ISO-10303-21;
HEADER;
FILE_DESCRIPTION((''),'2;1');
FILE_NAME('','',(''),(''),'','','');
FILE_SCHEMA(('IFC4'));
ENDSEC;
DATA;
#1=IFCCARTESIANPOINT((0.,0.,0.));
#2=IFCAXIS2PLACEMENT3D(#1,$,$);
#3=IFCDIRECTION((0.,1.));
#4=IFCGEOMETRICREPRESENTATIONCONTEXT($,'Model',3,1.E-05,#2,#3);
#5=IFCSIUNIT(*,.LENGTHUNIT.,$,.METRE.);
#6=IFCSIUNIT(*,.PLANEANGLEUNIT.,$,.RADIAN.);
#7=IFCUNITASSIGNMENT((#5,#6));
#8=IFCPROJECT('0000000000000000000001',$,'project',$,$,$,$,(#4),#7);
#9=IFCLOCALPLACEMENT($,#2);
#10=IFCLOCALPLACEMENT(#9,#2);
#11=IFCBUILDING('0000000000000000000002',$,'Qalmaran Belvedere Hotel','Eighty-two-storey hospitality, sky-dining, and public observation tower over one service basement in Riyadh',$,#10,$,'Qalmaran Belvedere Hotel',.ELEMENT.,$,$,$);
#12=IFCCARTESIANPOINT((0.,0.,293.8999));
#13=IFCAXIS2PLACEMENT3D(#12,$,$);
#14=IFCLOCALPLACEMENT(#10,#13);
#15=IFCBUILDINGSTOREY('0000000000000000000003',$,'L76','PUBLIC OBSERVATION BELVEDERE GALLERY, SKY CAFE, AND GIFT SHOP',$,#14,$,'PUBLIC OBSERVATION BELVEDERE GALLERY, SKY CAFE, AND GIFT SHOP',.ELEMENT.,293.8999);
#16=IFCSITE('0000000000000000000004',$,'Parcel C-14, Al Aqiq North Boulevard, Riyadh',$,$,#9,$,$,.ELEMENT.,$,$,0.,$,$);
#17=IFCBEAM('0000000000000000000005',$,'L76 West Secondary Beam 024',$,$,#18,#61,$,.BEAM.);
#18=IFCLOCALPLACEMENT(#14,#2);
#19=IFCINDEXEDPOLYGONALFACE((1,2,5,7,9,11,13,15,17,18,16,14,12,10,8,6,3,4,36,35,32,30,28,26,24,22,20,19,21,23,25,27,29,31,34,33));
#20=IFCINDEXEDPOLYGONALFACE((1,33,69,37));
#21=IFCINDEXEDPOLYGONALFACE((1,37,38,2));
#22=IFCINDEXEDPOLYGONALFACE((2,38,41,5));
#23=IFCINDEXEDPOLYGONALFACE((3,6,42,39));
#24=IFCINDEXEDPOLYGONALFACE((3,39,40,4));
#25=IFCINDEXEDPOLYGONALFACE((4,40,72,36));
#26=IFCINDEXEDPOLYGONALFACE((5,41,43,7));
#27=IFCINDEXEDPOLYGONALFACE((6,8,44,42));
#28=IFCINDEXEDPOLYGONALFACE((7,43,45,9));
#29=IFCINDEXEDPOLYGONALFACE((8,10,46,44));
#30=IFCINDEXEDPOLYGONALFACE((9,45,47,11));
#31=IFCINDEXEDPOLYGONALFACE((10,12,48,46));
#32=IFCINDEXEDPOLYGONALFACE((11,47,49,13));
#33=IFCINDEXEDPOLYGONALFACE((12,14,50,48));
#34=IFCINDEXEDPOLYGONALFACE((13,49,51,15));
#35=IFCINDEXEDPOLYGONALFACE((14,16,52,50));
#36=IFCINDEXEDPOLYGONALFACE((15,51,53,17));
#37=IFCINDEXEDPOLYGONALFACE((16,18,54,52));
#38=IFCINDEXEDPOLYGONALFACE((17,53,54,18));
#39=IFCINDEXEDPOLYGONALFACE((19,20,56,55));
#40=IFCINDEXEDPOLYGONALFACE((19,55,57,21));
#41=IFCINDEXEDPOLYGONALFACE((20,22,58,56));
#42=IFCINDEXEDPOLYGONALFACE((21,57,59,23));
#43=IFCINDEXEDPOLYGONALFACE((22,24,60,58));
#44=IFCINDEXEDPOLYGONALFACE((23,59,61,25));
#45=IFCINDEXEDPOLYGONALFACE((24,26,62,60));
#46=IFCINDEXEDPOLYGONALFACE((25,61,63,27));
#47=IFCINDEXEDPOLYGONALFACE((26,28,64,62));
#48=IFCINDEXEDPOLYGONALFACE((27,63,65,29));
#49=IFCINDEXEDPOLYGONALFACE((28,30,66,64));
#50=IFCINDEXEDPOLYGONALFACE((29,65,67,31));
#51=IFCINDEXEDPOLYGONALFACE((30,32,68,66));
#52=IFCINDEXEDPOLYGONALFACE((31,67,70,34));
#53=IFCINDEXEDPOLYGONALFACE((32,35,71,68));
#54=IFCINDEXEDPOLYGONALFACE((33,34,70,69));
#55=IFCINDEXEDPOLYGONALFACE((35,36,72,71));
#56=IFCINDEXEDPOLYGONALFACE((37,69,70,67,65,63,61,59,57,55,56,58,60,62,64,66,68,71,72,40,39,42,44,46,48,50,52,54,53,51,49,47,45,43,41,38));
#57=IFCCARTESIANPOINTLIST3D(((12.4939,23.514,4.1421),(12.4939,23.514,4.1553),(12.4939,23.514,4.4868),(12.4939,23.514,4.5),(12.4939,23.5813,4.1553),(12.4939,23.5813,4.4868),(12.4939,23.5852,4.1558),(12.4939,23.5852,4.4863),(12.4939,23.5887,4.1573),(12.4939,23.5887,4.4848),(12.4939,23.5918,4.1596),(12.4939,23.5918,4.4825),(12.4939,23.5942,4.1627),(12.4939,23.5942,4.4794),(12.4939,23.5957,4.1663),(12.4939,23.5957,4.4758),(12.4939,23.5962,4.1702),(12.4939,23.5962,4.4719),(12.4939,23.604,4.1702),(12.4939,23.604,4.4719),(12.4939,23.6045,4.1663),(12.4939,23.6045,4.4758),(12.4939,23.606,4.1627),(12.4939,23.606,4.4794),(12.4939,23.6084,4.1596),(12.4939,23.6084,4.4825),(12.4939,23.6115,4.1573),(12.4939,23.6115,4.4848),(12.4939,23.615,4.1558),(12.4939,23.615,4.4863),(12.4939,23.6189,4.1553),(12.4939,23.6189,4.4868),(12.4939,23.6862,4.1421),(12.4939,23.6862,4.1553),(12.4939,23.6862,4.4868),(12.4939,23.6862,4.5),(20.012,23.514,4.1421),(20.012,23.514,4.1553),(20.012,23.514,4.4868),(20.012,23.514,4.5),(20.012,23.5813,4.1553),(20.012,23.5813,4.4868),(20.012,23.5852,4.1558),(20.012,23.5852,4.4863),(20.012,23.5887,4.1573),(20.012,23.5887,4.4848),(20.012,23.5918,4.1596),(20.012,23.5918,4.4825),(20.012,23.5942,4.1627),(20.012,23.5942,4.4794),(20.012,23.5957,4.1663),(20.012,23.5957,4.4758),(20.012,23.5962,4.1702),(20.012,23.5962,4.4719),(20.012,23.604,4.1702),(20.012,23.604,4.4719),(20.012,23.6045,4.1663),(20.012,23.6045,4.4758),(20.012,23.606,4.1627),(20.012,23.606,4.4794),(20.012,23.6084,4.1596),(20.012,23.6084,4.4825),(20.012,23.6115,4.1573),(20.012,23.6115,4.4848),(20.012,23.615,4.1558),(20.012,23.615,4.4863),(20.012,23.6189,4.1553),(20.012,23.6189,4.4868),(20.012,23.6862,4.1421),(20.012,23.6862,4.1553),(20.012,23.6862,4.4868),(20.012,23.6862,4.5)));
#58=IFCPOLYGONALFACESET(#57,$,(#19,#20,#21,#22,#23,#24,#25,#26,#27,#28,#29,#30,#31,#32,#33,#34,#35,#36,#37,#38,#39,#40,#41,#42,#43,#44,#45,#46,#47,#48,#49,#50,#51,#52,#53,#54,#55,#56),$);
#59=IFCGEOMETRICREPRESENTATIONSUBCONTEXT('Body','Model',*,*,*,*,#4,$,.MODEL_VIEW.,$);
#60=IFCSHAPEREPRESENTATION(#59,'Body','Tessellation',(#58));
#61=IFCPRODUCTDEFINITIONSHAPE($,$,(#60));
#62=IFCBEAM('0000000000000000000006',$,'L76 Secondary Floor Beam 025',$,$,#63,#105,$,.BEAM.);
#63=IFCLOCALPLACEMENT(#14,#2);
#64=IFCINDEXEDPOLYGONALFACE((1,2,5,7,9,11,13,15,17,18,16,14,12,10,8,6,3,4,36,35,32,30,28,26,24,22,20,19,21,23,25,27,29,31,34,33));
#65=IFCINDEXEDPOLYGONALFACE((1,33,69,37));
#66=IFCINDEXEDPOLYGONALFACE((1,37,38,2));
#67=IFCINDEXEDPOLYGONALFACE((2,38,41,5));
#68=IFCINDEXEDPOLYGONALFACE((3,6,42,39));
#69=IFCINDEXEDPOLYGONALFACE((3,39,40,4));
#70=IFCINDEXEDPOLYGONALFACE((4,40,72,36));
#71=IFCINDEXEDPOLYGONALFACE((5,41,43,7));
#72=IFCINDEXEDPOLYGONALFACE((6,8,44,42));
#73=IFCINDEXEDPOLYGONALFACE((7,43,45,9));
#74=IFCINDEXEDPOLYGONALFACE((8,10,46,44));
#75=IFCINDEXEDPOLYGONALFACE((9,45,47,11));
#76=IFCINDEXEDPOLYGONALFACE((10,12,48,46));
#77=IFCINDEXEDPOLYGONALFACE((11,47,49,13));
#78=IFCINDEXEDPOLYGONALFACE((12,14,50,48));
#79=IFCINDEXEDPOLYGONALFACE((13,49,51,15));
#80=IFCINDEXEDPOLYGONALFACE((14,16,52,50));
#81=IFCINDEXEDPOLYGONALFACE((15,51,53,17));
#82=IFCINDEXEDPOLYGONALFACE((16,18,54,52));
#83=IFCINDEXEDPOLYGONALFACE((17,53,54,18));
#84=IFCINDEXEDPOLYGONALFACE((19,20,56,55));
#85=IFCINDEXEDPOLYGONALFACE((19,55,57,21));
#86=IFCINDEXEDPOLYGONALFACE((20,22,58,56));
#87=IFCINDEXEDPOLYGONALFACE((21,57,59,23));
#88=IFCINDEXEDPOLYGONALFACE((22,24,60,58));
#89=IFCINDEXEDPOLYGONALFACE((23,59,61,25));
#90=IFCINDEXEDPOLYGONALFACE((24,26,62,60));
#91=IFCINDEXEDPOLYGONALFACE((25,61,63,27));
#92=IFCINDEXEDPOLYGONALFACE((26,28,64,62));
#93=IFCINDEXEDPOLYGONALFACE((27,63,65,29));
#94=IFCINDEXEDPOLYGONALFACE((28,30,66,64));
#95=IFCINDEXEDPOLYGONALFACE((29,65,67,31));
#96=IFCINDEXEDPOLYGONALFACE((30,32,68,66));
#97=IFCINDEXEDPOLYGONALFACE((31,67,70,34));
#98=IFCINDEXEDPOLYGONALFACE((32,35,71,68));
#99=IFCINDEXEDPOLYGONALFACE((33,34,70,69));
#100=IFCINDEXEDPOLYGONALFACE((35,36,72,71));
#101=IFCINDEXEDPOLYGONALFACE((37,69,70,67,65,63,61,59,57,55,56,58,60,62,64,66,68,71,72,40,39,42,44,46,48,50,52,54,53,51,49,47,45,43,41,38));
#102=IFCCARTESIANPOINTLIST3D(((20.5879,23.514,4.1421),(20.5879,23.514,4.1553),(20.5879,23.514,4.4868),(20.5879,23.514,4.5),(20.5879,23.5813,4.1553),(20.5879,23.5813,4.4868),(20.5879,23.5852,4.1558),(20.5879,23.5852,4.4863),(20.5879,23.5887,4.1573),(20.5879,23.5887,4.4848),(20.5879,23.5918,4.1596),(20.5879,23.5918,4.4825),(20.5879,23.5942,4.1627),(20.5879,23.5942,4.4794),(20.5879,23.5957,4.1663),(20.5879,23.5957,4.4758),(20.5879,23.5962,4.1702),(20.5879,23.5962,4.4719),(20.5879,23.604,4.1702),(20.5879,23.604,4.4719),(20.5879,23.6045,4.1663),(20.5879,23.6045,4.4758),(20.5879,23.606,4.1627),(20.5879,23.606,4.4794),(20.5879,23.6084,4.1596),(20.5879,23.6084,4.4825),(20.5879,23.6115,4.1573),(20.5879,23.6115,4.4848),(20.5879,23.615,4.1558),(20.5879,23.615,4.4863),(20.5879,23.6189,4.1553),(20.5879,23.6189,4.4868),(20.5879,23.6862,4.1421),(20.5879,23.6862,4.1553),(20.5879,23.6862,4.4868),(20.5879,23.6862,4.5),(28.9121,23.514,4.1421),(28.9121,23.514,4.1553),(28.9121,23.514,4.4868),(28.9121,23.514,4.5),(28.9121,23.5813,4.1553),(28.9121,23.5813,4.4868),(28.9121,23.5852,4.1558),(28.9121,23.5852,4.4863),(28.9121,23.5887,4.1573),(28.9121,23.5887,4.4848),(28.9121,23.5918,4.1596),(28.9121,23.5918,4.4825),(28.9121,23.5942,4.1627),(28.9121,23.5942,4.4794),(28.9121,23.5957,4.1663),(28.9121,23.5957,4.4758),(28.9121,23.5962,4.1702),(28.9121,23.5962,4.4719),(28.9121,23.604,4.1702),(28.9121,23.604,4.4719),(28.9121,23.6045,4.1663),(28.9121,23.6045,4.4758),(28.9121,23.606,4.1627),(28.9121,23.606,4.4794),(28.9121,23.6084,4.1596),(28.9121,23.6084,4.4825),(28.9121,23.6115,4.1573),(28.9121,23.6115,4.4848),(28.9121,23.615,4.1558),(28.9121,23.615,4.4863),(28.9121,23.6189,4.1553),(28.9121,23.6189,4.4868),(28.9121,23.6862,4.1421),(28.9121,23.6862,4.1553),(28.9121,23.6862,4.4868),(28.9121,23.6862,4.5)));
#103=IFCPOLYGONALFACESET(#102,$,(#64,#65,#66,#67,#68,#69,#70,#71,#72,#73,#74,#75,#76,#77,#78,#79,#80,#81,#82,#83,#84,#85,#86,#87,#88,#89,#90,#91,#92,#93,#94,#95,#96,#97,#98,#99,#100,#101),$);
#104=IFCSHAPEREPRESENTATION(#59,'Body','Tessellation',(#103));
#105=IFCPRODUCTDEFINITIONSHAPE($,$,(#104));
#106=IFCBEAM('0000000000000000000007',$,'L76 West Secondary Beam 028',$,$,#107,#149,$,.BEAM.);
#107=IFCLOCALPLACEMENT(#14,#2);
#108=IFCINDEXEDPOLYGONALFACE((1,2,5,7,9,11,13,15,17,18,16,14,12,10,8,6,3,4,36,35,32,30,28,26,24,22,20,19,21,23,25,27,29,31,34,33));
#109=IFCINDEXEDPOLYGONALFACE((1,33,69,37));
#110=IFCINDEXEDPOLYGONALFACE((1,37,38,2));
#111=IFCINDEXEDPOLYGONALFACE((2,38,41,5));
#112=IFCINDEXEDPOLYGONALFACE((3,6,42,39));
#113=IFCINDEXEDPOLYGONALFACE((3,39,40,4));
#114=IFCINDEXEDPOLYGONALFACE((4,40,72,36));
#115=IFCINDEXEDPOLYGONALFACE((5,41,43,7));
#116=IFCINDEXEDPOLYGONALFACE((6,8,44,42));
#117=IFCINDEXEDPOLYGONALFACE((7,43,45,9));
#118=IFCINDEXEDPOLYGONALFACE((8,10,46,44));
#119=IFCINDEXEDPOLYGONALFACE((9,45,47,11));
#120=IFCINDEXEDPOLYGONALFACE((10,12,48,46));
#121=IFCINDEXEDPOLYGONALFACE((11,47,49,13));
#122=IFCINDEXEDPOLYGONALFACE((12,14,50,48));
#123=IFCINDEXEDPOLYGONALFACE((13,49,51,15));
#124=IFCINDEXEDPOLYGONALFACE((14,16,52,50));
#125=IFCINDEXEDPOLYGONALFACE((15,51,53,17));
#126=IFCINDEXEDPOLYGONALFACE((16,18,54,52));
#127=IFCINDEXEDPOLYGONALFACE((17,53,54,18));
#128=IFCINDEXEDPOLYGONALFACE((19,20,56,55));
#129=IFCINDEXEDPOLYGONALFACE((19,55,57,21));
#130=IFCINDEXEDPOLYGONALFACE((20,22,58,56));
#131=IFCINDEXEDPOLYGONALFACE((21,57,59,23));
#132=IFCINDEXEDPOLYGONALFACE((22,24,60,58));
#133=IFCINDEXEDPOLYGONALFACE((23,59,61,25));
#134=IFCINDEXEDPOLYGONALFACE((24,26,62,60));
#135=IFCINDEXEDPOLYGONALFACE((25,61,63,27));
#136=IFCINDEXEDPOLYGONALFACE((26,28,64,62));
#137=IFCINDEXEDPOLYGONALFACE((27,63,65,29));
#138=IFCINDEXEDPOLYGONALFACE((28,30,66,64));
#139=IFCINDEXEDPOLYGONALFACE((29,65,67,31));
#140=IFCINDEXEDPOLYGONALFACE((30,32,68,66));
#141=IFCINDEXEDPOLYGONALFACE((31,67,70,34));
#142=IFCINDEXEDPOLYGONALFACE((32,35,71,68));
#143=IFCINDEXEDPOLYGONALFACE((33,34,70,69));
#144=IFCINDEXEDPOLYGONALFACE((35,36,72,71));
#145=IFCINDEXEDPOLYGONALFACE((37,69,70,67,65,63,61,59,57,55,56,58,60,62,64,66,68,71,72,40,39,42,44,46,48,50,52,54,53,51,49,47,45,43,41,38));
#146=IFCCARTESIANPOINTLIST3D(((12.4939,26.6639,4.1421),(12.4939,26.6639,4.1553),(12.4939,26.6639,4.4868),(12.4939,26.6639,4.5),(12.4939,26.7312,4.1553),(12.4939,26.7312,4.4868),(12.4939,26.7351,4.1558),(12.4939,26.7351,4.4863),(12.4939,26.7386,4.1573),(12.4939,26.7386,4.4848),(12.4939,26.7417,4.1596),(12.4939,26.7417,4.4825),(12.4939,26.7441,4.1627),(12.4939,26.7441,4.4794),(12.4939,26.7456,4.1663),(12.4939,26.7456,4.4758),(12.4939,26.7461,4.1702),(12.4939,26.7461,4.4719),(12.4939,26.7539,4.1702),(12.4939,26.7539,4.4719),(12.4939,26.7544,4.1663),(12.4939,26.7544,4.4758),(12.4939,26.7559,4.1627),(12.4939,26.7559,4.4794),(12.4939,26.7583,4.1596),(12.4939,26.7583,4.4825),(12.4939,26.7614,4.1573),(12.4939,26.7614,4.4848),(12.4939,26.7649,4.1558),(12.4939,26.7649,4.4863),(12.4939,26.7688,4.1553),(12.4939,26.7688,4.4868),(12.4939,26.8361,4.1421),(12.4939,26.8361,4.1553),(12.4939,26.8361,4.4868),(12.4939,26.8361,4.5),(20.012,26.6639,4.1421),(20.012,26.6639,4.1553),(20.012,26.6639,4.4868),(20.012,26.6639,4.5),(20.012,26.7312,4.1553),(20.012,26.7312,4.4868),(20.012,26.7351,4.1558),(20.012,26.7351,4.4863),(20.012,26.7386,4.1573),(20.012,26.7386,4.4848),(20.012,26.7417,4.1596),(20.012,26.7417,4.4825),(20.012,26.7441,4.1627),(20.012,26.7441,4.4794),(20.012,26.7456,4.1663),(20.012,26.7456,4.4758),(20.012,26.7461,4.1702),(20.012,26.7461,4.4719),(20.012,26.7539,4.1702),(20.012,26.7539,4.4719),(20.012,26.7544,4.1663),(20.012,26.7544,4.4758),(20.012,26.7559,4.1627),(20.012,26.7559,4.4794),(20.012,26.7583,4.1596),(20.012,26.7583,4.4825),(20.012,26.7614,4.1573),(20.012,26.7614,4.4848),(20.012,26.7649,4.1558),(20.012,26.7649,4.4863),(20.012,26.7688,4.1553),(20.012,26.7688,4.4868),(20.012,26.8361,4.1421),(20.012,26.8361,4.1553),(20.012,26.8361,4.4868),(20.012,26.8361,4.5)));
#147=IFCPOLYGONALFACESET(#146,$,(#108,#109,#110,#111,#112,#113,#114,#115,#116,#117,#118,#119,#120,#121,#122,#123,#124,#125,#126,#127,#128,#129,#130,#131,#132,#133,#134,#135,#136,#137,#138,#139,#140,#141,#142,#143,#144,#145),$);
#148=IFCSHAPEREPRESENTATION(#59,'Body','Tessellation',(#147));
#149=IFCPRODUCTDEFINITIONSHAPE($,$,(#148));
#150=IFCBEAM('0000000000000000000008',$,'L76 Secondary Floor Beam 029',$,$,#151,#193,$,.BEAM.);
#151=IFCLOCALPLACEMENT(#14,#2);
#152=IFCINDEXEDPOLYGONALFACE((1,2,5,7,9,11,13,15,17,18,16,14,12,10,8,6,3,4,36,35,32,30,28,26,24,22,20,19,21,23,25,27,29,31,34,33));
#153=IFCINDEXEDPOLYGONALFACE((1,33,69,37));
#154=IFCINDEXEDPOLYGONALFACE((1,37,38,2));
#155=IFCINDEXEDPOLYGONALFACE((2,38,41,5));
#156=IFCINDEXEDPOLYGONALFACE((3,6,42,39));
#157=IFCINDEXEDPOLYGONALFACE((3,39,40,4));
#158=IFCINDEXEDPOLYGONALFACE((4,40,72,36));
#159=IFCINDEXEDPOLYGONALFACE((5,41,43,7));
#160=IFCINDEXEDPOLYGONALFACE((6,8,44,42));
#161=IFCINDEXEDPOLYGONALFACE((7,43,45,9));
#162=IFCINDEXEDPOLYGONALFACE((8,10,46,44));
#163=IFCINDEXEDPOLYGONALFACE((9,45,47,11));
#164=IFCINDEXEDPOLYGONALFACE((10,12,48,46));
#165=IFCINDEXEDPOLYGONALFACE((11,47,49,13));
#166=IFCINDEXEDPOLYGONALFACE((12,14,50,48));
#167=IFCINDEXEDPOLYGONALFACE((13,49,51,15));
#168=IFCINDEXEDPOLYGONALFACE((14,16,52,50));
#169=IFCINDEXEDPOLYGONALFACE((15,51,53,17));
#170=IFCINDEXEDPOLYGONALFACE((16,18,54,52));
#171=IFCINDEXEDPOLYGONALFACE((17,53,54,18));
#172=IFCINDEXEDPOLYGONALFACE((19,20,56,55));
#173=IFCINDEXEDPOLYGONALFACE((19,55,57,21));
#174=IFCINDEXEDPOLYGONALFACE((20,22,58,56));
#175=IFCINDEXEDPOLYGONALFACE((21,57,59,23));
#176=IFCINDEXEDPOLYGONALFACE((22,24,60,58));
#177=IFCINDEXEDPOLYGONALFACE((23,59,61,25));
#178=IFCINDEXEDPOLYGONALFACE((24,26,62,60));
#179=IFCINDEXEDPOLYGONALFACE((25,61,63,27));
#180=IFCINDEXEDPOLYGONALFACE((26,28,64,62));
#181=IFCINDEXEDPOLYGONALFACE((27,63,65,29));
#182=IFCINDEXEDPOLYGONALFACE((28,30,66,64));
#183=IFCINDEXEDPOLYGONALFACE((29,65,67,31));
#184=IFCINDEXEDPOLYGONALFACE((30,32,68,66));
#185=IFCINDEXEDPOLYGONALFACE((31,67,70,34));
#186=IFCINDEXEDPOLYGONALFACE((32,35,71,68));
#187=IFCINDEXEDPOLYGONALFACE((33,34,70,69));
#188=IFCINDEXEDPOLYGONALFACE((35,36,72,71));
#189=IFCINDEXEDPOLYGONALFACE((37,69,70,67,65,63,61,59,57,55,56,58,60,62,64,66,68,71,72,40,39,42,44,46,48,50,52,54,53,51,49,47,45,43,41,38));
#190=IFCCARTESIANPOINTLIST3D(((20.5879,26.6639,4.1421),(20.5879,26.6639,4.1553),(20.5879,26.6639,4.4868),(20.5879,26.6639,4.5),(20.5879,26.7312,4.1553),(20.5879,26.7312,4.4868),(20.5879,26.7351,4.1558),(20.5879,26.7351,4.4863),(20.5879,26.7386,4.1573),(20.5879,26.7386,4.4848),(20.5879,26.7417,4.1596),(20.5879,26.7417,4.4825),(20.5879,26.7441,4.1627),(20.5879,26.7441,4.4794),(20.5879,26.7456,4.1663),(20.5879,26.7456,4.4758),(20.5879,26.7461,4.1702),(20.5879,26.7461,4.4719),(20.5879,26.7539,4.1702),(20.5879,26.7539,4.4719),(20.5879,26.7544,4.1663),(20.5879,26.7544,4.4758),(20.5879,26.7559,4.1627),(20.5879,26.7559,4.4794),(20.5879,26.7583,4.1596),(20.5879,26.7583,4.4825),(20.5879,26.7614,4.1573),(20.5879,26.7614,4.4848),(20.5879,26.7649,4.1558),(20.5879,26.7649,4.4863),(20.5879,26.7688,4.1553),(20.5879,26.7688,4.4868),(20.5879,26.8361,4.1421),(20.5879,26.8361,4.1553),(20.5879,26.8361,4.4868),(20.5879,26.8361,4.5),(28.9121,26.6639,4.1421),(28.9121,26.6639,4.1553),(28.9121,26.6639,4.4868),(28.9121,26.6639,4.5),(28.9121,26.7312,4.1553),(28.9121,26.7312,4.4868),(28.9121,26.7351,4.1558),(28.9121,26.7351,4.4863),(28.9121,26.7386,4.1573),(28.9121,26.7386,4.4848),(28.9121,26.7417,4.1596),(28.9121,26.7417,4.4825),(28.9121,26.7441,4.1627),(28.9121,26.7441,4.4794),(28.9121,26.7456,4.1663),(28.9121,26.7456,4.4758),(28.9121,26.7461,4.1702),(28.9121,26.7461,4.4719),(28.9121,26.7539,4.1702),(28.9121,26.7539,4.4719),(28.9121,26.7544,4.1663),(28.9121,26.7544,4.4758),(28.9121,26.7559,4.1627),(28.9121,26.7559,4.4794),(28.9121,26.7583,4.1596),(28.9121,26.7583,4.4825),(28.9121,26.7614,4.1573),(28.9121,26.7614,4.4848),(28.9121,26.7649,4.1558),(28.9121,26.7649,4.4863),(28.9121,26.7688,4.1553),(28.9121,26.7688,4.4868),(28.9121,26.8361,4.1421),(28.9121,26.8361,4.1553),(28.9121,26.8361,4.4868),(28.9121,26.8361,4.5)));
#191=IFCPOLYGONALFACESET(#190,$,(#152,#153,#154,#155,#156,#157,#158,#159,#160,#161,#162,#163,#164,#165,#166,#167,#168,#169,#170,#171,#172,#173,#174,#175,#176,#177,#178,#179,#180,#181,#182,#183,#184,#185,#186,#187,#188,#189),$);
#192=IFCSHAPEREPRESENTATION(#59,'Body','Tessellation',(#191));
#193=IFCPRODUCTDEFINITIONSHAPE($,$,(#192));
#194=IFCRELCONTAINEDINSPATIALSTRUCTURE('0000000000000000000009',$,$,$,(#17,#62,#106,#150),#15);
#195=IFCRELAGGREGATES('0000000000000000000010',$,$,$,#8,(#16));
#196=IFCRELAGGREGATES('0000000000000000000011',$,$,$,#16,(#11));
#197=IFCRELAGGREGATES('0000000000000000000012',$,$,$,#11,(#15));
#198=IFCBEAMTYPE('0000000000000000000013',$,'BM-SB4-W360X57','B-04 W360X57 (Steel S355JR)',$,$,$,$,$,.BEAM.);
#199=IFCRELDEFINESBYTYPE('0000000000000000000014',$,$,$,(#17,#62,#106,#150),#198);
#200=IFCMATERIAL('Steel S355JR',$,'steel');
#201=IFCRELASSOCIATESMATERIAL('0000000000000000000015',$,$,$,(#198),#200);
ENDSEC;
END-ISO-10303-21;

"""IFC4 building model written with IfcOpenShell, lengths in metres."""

from ifc_helpers import new_model, si_unit, direction, frame, origin, origin_2d, place, context, subcontext, project, spatial, i_section, extrude, material, material_profile, profile_set, type_object, element, save


model = new_model("IFC4")

# Units and contexts
model_context = context("Model", 3, precision=1e-05, world=origin(), true_north=direction((0.0, 1.0)))
body_context = subcontext(model_context, "Body", "Model", "MODEL_VIEW")
ifc_project = project(units=[si_unit("LENGTHUNIT", "METRE"), si_unit("PLANEANGLEUNIT", "RADIAN")], contexts=[model_context])

# Site, building, storey
site_placement = place(None, origin())
site = spatial("IfcSite", under=ifc_project, at=site_placement, Name="Parcel C-14, Al Aqiq North Boulevard, Riyadh", CompositionType="ELEMENT", RefElevation=0.0)
building_placement = place(site_placement, origin())
building = spatial("IfcBuilding", under=site, at=building_placement, Name="Qalmaran Belvedere Hotel", Description="Eighty-two-storey hospitality, sky-dining, and public observation tower over one service basement in Riyadh", LongName="Qalmaran Belvedere Hotel", CompositionType="ELEMENT")
storey_placement = place(building_placement, frame((0.0, 0.0, 293.8999)))
storey = spatial("IfcBuildingStorey", under=building, at=storey_placement, Name="L76", Description="PUBLIC OBSERVATION BELVEDERE GALLERY, SKY CAFE, AND GIFT SHOP", LongName="PUBLIC OBSERVATION BELVEDERE GALLERY, SKY CAFE, AND GIFT SHOP", CompositionType="ELEMENT", Elevation=293.8999)

# Beams
ifc_material_1 = material(Name="Steel S355JR", Category="steel")
ifc_material_profile_1 = material_profile(ifc_material_1, i_section(OverallWidth=0.1721, OverallDepth=0.3579, WebThickness=0.0078, FlangeThickness=0.0132, FilletRadius=0.0149, at=origin_2d()), Name="W360X57")
ifc_profile_set_1 = profile_set([ifc_material_profile_1], Name="Steel S355JR")
beam_type = type_object("IfcBeamType", Name="BM-SB4-W360X57", Description="B-04 W360X57 (Steel S355JR)", PredefinedType="BEAM", material=ifc_profile_set_1)
beam_1_placement = place(storey_placement, frame((12.4939, 23.6001, 4.321), z_axis=(1.0, 0.0, 0.0), x_axis=(0.0, 1.0, 0.0)))
element("IfcBeam", 1, at=beam_1_placement, inside=storey, type_object=beam_type, Name="L76 West Secondary Beam 024", PredefinedType="BEAM", context=body_context, shape_type="SweptSolid", body=[
    extrude(i_section(OverallWidth=0.1721, OverallDepth=0.3579, WebThickness=0.0078, FlangeThickness=0.0132, FilletRadius=0.0149, at=origin_2d()), origin(), (0.0, 0.0, 1.0), 7.5181),
])
beam_2_placement = place(storey_placement, frame((20.5879, 23.6001, 4.321), z_axis=(1.0, 0.0, 0.0), x_axis=(0.0, 1.0, 0.0)))
element("IfcBeam", 2, at=beam_2_placement, inside=storey, type_object=beam_type, Name="L76 Secondary Floor Beam 025", PredefinedType="BEAM", context=body_context, shape_type="SweptSolid", body=[
    extrude(i_section(OverallWidth=0.1721, OverallDepth=0.3579, WebThickness=0.0078, FlangeThickness=0.0132, FilletRadius=0.0149, at=origin_2d()), origin(), (0.0, 0.0, 1.0), 8.3242),
])
beam_3_placement = place(storey_placement, frame((12.4939, 26.75, 4.321), z_axis=(1.0, 0.0, 0.0), x_axis=(0.0, 1.0, 0.0)))
element("IfcBeam", 3, at=beam_3_placement, inside=storey, type_object=beam_type, Name="L76 West Secondary Beam 028", PredefinedType="BEAM", context=body_context, shape_type="SweptSolid", body=[
    extrude(i_section(OverallWidth=0.1721, OverallDepth=0.3579, WebThickness=0.0078, FlangeThickness=0.0132, FilletRadius=0.0149, at=origin_2d()), origin(), (0.0, 0.0, 1.0), 7.5181),
])
beam_4_placement = place(storey_placement, frame((20.5879, 26.75, 4.321), z_axis=(1.0, 0.0, 0.0), x_axis=(0.0, 1.0, 0.0)))
element("IfcBeam", 4, at=beam_4_placement, inside=storey, type_object=beam_type, Name="L76 Secondary Floor Beam 029", PredefinedType="BEAM", context=body_context, shape_type="SweptSolid", body=[
    extrude(i_section(OverallWidth=0.1721, OverallDepth=0.3579, WebThickness=0.0078, FlangeThickness=0.0132, FilletRadius=0.0149, at=origin_2d()), origin(), (0.0, 0.0, 1.0), 8.3242),
])

save(model, "model.ifc")
